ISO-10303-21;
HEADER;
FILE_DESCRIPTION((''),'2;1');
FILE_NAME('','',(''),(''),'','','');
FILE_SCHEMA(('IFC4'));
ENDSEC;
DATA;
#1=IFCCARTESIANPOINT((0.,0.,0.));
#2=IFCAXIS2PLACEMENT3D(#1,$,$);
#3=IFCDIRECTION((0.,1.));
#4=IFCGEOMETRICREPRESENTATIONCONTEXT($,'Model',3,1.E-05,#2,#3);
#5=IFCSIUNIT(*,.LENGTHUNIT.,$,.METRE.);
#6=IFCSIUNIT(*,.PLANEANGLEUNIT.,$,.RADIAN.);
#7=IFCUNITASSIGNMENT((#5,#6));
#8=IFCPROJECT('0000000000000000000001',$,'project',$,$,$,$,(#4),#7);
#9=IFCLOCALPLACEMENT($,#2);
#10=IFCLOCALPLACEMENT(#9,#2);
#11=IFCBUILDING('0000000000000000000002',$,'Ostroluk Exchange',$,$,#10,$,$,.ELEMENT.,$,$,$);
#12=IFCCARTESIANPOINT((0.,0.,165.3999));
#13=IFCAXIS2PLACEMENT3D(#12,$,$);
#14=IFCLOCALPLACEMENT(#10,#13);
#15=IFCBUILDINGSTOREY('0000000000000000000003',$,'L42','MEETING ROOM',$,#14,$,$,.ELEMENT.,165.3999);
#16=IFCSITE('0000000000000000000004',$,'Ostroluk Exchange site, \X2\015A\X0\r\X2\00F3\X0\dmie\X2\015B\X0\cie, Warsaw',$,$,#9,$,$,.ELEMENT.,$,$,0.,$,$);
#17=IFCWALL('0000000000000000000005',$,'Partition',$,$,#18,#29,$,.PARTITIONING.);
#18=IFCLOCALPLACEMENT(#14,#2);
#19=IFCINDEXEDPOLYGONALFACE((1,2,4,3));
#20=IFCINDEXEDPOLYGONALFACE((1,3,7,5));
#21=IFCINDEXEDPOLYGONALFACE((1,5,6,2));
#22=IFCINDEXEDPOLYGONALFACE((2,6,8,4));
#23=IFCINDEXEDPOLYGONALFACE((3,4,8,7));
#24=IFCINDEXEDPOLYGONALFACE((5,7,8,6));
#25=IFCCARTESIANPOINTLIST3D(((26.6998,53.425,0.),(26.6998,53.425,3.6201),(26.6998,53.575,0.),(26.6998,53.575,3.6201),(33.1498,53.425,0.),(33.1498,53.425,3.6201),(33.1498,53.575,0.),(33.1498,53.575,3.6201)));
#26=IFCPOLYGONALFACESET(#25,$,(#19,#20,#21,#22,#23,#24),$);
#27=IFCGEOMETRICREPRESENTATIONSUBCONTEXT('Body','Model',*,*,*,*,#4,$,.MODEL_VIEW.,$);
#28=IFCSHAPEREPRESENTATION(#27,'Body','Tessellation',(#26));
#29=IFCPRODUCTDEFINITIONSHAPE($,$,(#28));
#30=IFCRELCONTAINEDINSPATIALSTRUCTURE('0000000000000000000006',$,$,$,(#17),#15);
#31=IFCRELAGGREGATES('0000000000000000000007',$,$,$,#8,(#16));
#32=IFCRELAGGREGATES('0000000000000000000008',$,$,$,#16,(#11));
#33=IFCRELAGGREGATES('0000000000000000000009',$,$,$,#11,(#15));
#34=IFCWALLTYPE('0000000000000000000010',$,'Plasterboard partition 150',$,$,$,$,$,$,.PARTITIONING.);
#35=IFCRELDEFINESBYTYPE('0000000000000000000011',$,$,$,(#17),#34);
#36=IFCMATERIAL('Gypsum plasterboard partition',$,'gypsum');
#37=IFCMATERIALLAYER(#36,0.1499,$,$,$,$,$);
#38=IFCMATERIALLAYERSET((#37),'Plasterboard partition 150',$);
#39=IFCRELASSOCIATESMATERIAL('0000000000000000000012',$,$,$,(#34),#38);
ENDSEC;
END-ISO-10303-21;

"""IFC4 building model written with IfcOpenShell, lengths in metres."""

from ifc_helpers import new_model, si_unit, direction, frame, frame_2d, origin, place, context, subcontext, project, spatial, rectangle, extrude, material, layer, layer_set, type_object, element, save


model = new_model("IFC4")

# Units and contexts
model_context = context("Model", 3, precision=1e-05, world=origin(), true_north=direction((0.0, 1.0)))
body_context = subcontext(model_context, "Body", "Model", "MODEL_VIEW")
ifc_project = project(units=[si_unit("LENGTHUNIT", "METRE"), si_unit("PLANEANGLEUNIT", "RADIAN")], contexts=[model_context])

# Site, building, storey
site_placement = place(None, origin())
site = spatial("IfcSite", under=ifc_project, at=site_placement, Name="Ostroluk Exchange site, Śródmieście, Warsaw", CompositionType="ELEMENT", RefElevation=0.0)
building_placement = place(site_placement, origin())
building = spatial("IfcBuilding", under=site, at=building_placement, Name="Ostroluk Exchange", CompositionType="ELEMENT")
storey_placement = place(building_placement, frame((0.0, 0.0, 165.3999)))
storey = spatial("IfcBuildingStorey", under=building, at=storey_placement, Name="L42", Description="MEETING ROOM", CompositionType="ELEMENT", Elevation=165.3999)

# Shared definitions
ifc_material_1 = material(Name="Gypsum plasterboard partition", Category="gypsum")
ifc_layer_1 = layer(ifc_material_1, 0.1499)
ifc_layer_set_1 = layer_set([ifc_layer_1], Name="Plasterboard partition 150")
wall_type_1 = type_object("IfcWallType", Name="Plasterboard partition 150", PredefinedType="PARTITIONING", material=ifc_layer_set_1)

# Wall
wall_1_placement = place(storey_placement, frame((33.1499, 53.5, 0.0), z_axis=(0.0, 0.0, 1.0), x_axis=(-1.0, 0.0, 0.0)))
element("IfcWall", 1, at=wall_1_placement, inside=storey, type_object=wall_type_1, Name="Partition", PredefinedType="PARTITIONING", context=body_context, shape_type="SweptSolid", body=[
    extrude(rectangle(XDim=6.45, YDim=0.1499, at=frame_2d((3.2251, 0.0))), origin(), (0.0, 0.0, 1.0), 3.6201),
])

save(model, "model.ifc")
